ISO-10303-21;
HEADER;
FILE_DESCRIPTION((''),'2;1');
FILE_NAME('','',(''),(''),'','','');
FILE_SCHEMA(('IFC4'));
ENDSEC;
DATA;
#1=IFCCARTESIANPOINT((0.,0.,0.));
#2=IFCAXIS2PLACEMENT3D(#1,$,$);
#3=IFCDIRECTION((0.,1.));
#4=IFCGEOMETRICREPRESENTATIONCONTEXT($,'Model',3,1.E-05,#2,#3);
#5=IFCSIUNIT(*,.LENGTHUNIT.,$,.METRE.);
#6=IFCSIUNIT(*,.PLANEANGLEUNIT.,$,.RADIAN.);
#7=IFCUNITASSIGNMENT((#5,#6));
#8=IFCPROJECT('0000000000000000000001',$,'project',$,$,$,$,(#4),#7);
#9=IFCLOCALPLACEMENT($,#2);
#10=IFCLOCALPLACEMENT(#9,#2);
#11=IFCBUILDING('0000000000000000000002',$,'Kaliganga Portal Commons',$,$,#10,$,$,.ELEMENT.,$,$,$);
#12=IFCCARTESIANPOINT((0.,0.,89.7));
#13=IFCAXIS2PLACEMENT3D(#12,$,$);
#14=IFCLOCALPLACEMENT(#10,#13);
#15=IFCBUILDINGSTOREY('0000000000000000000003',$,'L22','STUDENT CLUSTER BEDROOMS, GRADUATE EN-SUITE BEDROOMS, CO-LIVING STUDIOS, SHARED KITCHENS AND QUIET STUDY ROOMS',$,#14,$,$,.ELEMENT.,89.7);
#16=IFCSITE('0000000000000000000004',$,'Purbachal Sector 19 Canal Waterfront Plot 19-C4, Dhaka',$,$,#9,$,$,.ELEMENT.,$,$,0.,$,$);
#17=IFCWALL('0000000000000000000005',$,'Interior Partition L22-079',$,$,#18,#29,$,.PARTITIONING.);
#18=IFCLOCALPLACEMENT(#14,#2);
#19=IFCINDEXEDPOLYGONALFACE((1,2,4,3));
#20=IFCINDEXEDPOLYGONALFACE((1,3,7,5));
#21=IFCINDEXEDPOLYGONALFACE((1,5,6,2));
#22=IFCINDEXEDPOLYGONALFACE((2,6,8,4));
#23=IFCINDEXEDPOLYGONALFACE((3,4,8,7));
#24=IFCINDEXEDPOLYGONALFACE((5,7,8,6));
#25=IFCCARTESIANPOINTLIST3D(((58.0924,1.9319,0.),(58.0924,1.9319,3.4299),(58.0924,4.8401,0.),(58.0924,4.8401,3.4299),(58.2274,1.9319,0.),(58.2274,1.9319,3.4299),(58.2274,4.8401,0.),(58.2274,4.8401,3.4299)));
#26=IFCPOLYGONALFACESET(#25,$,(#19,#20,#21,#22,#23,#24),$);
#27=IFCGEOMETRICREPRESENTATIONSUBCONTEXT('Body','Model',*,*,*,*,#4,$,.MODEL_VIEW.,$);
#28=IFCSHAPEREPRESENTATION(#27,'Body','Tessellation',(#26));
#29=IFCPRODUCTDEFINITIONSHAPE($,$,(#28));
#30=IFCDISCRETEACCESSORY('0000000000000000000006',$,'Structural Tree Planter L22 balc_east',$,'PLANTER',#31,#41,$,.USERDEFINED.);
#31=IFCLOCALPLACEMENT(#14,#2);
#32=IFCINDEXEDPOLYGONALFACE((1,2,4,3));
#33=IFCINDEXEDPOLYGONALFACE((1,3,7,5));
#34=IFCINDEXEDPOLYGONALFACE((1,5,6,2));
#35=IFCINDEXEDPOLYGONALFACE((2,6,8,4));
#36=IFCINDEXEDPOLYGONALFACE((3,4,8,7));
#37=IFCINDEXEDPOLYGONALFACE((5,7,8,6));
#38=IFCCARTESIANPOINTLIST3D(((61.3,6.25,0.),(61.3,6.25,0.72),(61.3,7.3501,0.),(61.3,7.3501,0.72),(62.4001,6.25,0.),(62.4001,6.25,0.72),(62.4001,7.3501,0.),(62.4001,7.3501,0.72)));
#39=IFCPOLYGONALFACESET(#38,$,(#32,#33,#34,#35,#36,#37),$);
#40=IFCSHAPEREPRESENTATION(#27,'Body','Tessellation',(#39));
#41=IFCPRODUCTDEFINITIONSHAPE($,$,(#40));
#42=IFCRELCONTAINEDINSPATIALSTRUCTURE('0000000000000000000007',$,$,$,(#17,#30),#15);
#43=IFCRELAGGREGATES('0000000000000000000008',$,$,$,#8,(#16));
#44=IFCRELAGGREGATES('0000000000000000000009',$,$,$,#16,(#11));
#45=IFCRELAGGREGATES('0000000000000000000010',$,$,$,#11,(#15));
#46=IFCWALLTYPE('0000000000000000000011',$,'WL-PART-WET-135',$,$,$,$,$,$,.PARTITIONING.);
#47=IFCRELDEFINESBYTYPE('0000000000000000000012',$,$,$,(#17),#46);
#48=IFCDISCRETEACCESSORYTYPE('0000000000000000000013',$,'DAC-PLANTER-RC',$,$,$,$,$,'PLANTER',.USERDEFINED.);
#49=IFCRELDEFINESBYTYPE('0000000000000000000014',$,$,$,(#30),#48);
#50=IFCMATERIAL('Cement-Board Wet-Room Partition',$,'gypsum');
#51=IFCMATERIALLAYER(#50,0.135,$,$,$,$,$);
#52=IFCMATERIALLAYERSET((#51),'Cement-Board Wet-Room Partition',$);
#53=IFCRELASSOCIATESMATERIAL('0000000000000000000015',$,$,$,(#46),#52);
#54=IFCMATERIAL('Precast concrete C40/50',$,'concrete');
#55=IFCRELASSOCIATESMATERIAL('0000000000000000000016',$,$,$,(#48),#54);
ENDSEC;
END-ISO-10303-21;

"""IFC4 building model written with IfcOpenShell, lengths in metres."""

from ifc_helpers import new_model, si_unit, direction, frame, frame_2d, origin, origin_2d, place, context, subcontext, project, spatial, rectangle, extrude, source, transform, mapped, material, layer, layer_set, type_object, element, save


model = new_model("IFC4")

# Units and contexts
model_context = context("Model", 3, precision=1e-05, world=origin(), true_north=direction((0.0, 1.0)))
body_context = subcontext(model_context, "Body", "Model", "MODEL_VIEW")
ifc_project = project(units=[si_unit("LENGTHUNIT", "METRE"), si_unit("PLANEANGLEUNIT", "RADIAN")], contexts=[model_context])

# Site, building, storey
site_placement = place(None, origin())
site = spatial("IfcSite", under=ifc_project, at=site_placement, Name="Purbachal Sector 19 Canal Waterfront Plot 19-C4, Dhaka", CompositionType="ELEMENT", RefElevation=0.0)
building_placement = place(site_placement, origin())
building = spatial("IfcBuilding", under=site, at=building_placement, Name="Kaliganga Portal Commons", CompositionType="ELEMENT")
storey_placement = place(building_placement, frame((0.0, 0.0, 89.7)))
storey = spatial("IfcBuildingStorey", under=building, at=storey_placement, Name="L22", Description="STUDENT CLUSTER BEDROOMS, GRADUATE EN-SUITE BEDROOMS, CO-LIVING STUDIOS, SHARED KITCHENS AND QUIET STUDY ROOMS", CompositionType="ELEMENT", Elevation=89.7)

# Wall
ifc_material_1 = material(Name="Cement-Board Wet-Room Partition", Category="gypsum")
ifc_layer_1 = layer(ifc_material_1, 0.135)
ifc_layer_set_1 = layer_set([ifc_layer_1], Name="Cement-Board Wet-Room Partition")
wall_type_1 = type_object("IfcWallType", Name="WL-PART-WET-135", PredefinedType="PARTITIONING", material=ifc_layer_set_1)
wall_1_placement = place(storey_placement, frame((58.1599, 1.9319, 0.0), z_axis=(0.0, 0.0, 1.0), x_axis=(0.0, 1.0, 0.0)))
element("IfcWall", 1, at=wall_1_placement, inside=storey, type_object=wall_type_1, Name="Interior Partition L22-079", PredefinedType="PARTITIONING", context=body_context, shape_type="SweptSolid", body=[
    extrude(rectangle(XDim=2.9082, YDim=0.135, at=frame_2d((1.4541, 0.0))), origin(), (0.0, 0.0, 1.0), 3.4299),
])

# Discrete accessory
ifc_material_2 = material(Name="Precast concrete C40/50", Category="concrete")
discrete_accessory_type = type_object("IfcDiscreteAccessoryType", Name="DAC-PLANTER-RC", ElementType="PLANTER", PredefinedType="USERDEFINED", material=ifc_material_2)
shared_shape_1 = source(origin(), body_context, "Body", "SweptSolid", [
    extrude(rectangle(XDim=1.1001, YDim=1.1001, at=origin_2d()), origin(), (0.0, 0.0, 1.0), 0.72),
])
discrete_accessory_placement = place(storey_placement, frame((61.8501, 6.8, 0.0), z_axis=(0.0, 0.0, 1.0), x_axis=(1.0, 0.0, 0.0)))
element("IfcDiscreteAccessory", 2, at=discrete_accessory_placement, inside=storey, type_object=discrete_accessory_type, Name="Structural Tree Planter L22 balc_east", ObjectType="PLANTER", PredefinedType="USERDEFINED", context=body_context, shape_type="MappedRepresentation", body=[
    mapped(shared_shape_1, transform((0.0, 0.0, 0.0), x_axis=(1.0, 0.0, 0.0), y_axis=(0.0, 1.0, 0.0), z_axis=(0.0, 0.0, 1.0), scale=1.0)),
])

save(model, "model.ifc")
